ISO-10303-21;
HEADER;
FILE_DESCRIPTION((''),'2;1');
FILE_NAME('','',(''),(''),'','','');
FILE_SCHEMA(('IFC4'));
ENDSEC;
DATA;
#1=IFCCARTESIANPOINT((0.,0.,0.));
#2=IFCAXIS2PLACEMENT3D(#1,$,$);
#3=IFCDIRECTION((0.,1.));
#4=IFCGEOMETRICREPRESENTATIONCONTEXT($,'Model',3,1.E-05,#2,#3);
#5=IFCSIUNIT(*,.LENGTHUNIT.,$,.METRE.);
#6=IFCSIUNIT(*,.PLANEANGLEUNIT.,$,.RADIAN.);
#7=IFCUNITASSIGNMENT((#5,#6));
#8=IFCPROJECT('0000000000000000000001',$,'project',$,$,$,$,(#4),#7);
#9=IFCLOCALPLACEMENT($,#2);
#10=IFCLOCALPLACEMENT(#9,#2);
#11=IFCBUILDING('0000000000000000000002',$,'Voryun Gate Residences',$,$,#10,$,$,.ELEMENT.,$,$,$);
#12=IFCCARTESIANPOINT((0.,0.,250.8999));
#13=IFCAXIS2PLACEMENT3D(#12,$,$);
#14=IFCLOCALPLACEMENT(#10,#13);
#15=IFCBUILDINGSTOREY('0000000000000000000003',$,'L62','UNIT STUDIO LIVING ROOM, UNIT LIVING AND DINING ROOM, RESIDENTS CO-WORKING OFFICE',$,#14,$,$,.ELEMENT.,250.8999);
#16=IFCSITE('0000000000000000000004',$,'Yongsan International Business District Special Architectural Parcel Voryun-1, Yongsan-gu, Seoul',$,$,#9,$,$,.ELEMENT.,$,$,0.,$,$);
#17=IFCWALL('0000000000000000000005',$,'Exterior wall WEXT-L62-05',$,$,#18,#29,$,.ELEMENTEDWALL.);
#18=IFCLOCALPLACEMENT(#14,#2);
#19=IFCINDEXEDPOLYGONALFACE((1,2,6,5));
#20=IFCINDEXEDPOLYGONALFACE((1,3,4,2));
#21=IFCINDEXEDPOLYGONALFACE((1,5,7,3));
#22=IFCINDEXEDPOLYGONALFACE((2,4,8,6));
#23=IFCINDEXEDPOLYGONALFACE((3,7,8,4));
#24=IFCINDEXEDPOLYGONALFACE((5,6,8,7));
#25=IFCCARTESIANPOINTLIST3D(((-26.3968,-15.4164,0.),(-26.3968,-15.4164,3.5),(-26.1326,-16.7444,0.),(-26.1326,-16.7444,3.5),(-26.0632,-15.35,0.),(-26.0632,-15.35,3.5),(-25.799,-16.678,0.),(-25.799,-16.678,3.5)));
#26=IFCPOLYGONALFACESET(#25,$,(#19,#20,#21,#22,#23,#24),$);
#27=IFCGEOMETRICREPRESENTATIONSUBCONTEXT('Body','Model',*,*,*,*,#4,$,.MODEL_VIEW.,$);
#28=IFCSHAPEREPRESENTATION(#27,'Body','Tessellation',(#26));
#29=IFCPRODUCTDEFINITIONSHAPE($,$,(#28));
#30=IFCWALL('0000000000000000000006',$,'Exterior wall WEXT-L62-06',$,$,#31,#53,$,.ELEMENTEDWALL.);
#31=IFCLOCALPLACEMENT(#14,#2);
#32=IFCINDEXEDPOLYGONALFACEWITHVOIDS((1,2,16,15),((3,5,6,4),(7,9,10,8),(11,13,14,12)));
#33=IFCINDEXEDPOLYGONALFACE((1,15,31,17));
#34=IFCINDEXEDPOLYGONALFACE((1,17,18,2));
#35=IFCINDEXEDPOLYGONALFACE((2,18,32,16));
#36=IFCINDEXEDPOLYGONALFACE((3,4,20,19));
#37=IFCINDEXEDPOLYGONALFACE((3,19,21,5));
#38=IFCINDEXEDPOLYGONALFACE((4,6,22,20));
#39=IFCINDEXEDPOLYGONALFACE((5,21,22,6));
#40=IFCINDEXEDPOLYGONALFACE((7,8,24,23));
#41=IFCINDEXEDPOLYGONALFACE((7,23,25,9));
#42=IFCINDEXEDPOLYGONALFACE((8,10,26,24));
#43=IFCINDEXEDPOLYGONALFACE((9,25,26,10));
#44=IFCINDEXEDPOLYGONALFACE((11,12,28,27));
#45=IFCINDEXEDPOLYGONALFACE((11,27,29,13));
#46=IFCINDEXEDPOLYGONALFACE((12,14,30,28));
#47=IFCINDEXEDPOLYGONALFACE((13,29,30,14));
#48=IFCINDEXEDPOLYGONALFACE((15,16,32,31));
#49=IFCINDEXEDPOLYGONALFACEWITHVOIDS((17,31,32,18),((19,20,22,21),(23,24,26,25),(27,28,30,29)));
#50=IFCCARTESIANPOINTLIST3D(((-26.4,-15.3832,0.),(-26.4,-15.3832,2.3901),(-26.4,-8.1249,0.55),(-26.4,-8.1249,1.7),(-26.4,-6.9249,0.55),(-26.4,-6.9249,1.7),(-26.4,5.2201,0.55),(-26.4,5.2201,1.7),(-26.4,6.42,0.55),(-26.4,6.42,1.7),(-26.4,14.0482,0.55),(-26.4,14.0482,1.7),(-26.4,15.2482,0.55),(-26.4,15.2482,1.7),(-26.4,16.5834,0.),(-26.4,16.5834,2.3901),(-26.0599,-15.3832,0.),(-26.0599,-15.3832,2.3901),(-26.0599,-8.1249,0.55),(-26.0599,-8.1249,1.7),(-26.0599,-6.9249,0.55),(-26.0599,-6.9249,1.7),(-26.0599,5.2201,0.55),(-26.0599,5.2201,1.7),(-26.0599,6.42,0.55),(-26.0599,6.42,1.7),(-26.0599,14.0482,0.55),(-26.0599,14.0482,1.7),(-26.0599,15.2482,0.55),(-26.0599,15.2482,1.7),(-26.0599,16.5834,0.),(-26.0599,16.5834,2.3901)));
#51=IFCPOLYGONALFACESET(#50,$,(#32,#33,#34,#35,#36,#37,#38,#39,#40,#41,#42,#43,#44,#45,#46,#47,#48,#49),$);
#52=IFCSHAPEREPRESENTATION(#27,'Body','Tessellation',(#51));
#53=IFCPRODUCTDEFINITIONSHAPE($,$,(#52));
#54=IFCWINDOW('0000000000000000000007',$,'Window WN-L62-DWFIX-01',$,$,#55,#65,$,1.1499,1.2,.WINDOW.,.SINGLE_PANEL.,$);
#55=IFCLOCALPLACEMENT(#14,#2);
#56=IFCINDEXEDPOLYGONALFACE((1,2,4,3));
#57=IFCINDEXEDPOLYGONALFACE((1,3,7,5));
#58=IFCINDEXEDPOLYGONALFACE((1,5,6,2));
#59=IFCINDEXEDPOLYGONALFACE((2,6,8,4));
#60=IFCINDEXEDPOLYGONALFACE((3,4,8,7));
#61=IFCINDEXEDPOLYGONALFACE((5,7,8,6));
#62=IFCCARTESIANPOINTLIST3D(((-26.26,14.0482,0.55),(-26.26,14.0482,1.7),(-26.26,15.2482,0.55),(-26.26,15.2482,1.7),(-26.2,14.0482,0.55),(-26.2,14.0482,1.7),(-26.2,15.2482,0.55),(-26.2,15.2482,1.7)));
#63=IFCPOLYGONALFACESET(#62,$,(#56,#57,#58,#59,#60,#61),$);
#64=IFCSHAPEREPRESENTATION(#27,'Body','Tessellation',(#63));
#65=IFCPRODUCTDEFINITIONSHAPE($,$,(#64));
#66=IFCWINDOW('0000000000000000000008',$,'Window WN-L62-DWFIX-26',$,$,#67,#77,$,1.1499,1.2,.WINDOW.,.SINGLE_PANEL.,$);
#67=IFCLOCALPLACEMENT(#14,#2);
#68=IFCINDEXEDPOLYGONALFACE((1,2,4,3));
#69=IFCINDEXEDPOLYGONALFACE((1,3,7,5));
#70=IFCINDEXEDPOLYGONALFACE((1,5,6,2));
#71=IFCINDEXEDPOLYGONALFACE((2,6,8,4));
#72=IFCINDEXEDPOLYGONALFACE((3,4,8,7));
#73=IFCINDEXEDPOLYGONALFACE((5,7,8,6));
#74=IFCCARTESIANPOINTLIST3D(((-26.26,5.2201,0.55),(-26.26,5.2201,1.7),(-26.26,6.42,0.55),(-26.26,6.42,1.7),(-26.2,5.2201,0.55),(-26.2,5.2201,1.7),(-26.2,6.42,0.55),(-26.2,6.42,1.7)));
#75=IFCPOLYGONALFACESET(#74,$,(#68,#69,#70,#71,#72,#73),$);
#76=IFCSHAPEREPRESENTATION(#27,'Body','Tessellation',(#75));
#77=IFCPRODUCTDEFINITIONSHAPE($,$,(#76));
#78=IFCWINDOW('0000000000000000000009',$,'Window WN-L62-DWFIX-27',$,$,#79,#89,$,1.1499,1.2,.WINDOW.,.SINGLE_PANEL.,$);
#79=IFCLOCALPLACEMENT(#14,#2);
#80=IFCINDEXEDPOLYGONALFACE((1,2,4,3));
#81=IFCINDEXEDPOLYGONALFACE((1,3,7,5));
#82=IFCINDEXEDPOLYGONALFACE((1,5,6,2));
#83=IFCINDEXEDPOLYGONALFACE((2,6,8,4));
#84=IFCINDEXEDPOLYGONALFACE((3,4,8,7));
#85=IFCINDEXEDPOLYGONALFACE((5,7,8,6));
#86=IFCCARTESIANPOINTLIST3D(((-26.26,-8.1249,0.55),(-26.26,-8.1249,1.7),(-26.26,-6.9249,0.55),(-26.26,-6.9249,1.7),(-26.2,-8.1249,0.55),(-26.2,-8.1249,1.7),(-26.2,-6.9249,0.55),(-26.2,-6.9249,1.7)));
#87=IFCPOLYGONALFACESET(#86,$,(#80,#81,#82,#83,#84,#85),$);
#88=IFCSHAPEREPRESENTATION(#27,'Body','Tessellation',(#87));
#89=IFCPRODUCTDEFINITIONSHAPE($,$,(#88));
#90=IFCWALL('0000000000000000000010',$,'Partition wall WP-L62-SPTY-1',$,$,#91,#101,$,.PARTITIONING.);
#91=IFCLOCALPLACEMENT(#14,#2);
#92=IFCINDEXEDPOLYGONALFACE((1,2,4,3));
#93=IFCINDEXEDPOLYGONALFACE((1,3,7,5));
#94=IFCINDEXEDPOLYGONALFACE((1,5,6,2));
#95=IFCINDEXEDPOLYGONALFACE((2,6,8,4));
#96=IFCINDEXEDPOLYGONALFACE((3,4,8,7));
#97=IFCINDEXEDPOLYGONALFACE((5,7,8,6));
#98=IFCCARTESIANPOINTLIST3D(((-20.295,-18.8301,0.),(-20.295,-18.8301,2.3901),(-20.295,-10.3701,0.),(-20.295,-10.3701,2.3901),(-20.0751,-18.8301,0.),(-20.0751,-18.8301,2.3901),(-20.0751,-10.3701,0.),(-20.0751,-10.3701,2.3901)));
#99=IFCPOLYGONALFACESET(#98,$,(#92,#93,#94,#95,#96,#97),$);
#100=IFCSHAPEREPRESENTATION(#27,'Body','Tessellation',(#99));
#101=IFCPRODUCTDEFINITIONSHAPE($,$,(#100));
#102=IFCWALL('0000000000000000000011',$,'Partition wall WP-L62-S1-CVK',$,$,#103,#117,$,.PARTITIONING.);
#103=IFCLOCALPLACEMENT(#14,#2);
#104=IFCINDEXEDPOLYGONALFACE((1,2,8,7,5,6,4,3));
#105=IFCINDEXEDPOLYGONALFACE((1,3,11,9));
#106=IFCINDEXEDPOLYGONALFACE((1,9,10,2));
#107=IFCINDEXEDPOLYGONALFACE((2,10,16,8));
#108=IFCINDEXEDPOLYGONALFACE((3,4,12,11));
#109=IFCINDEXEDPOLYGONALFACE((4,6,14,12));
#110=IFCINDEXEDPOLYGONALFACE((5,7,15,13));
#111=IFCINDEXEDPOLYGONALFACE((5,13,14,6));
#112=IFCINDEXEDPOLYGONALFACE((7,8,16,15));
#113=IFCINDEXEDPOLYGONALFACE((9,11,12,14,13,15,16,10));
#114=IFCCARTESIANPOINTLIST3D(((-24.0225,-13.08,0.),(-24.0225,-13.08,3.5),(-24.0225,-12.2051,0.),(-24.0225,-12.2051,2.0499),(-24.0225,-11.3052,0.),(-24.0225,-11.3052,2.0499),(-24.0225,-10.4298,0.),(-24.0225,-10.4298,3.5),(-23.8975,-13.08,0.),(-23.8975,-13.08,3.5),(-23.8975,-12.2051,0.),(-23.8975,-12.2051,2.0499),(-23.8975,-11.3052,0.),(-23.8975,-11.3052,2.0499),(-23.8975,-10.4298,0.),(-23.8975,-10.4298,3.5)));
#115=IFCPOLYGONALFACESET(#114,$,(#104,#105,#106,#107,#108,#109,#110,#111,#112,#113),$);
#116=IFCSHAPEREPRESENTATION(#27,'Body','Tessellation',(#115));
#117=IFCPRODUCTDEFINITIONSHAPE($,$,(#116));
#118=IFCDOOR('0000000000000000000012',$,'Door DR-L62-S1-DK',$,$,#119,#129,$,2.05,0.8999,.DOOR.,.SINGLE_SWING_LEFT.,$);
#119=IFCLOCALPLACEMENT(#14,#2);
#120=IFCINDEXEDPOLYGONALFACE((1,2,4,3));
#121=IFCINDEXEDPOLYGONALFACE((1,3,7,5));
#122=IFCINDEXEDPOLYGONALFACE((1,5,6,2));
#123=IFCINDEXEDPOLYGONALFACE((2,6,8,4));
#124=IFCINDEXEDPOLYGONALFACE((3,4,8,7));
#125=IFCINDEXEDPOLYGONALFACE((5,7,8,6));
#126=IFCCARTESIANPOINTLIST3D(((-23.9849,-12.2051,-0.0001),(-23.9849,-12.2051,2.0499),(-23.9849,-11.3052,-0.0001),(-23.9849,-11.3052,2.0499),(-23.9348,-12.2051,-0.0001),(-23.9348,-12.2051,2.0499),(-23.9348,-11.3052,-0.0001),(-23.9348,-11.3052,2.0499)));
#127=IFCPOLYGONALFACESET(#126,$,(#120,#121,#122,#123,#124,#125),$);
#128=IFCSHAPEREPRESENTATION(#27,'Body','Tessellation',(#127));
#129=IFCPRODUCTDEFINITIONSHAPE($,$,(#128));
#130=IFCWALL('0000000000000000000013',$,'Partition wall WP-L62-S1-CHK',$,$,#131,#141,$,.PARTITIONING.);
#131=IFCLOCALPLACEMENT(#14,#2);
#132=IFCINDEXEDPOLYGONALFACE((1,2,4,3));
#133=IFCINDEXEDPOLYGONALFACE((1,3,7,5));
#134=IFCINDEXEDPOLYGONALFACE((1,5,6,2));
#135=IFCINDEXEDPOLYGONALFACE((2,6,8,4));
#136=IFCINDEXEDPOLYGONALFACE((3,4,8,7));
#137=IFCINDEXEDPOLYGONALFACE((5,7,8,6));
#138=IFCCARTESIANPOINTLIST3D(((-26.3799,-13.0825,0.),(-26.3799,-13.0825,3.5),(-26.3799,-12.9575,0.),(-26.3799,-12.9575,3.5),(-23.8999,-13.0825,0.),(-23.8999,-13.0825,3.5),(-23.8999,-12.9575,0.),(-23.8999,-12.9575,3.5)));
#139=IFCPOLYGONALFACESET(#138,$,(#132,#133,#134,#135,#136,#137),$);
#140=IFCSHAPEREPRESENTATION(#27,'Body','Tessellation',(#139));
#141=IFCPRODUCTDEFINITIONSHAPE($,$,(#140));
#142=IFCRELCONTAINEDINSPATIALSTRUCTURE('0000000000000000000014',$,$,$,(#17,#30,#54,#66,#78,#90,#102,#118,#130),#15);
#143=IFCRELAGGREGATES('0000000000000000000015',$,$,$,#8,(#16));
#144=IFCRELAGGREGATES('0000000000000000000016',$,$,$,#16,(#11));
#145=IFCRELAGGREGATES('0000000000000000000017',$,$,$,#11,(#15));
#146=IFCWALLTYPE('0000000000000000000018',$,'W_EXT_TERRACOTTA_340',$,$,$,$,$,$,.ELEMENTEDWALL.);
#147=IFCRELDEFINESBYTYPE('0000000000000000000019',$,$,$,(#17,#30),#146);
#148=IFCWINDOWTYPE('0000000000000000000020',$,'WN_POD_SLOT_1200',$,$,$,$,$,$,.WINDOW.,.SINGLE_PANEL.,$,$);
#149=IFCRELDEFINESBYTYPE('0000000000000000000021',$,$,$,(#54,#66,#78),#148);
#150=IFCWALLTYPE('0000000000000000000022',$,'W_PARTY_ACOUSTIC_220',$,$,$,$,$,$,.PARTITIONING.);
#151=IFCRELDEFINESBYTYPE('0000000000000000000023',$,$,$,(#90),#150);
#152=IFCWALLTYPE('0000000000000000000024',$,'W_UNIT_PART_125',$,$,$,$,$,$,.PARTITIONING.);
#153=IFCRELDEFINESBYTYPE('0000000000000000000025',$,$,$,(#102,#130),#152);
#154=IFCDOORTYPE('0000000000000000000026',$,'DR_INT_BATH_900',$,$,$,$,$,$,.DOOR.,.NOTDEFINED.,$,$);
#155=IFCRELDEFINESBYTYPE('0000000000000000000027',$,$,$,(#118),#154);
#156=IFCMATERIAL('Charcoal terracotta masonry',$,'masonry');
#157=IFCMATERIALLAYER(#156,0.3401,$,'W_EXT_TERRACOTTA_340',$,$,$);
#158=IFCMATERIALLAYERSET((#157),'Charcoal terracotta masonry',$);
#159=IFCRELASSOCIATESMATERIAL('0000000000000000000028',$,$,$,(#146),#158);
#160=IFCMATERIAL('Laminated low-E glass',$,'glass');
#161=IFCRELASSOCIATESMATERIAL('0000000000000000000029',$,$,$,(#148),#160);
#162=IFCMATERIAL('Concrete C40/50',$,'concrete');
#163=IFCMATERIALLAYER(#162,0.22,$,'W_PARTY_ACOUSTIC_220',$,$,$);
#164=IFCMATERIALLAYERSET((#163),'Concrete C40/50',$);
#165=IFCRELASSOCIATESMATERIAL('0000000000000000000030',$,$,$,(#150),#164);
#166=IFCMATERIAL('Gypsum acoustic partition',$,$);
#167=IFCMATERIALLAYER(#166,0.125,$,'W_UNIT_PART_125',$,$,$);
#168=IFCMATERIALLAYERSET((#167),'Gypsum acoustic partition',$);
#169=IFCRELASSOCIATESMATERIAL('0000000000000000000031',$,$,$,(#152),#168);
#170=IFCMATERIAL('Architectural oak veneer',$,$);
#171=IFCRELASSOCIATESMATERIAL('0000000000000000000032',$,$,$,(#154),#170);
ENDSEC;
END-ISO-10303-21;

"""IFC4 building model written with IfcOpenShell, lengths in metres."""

from ifc_helpers import new_model, si_unit, direction, frame, frame_2d, origin, place, context, subcontext, project, spatial, rectangle, extrude, material, layer, layer_set, type_object, element, fill, save


model = new_model("IFC4")

# Units and contexts
model_context = context("Model", 3, precision=1e-05, world=origin(), true_north=direction((0.0, 1.0)))
body_context = subcontext(model_context, "Body", "Model", "MODEL_VIEW")
ifc_project = project(units=[si_unit("LENGTHUNIT", "METRE"), si_unit("PLANEANGLEUNIT", "RADIAN")], contexts=[model_context])

# Site, building, storey
site_placement = place(None, origin())
site = spatial("IfcSite", under=ifc_project, at=site_placement, Name="Yongsan International Business District Special Architectural Parcel Voryun-1, Yongsan-gu, Seoul", CompositionType="ELEMENT", RefElevation=0.0)
building_placement = place(site_placement, origin())
building = spatial("IfcBuilding", under=site, at=building_placement, Name="Voryun Gate Residences", CompositionType="ELEMENT")
storey_placement = place(building_placement, frame((0.0, 0.0, 250.8999)))
storey = spatial("IfcBuildingStorey", under=building, at=storey_placement, Name="L62", Description="UNIT STUDIO LIVING ROOM, UNIT LIVING AND DINING ROOM, RESIDENTS CO-WORKING OFFICE", CompositionType="ELEMENT", Elevation=250.8999)

# Wall
ifc_material_1 = material(Name="Charcoal terracotta masonry", Category="masonry")
ifc_layer_1 = layer(ifc_material_1, 0.3401, Name="W_EXT_TERRACOTTA_340")
ifc_layer_set_1 = layer_set([ifc_layer_1], Name="Charcoal terracotta masonry")
wall_type_1 = type_object("IfcWallType", Name="W_EXT_TERRACOTTA_340", PredefinedType="ELEMENTEDWALL", material=ifc_layer_set_1)
wall_1_placement = place(storey_placement, frame((-25.9658, -16.7112, 0.0), z_axis=(0.0, 0.0, 1.0), x_axis=(-0.19511, 0.980781, 0.0)))
element("IfcWall", 1, at=wall_1_placement, inside=storey, type_object=wall_type_1, Name="Exterior wall WEXT-L62-05", PredefinedType="ELEMENTEDWALL", context=body_context, shape_type="SweptSolid", body=[
    extrude(rectangle(XDim=1.354, YDim=0.3401, at=frame_2d((0.677, 0.0))), origin(), (0.0, 0.0, 1.0), 3.5),
])

# Wall, openings, windows
wall_2_placement = place(storey_placement, frame((-26.23, -15.3833, 0.0), z_axis=(0.0, 0.0, 1.0), x_axis=(0.0, 1.0, 0.0)))
wall_2 = element("IfcWall", 2, at=wall_2_placement, inside=storey, type_object=wall_type_1, Name="Exterior wall WEXT-L62-06", PredefinedType="ELEMENTEDWALL", context=body_context, shape_type="SweptSolid", body=[
    extrude(rectangle(XDim=31.9666, YDim=0.3401, at=frame_2d((15.9834, 0.0))), origin(), (0.0, 0.0, 1.0), 2.3901),
])
opening_1_placement = place(wall_2_placement, frame((29.4314, 0.0, 0.55)))
opening_1 = element("IfcOpeningElement", 3, at=opening_1_placement, cuts=wall_2, PredefinedType="OPENING", context=body_context, shape_type="SweptSolid", body=[
    extrude(rectangle(XDim=1.2, YDim=1.1499, at=frame_2d((0.6001, 0.575))), frame((0.0, 0.1799, 0.0), z_axis=(0.0, -1.0, 0.0), x_axis=(1.0, 0.0, 0.0)), (0.0, 0.0, 1.0), 0.3601),
])
opening_2_placement = place(wall_2_placement, frame((20.6033, 0.0, 0.55)))
opening_2 = element("IfcOpeningElement", 4, at=opening_2_placement, cuts=wall_2, PredefinedType="OPENING", context=body_context, shape_type="SweptSolid", body=[
    extrude(rectangle(XDim=1.2, YDim=1.1499, at=frame_2d((0.6001, 0.575))), frame((0.0, 0.1799, 0.0), z_axis=(0.0, -1.0, 0.0), x_axis=(1.0, 0.0, 0.0)), (0.0, 0.0, 1.0), 0.3601),
])
opening_3_placement = place(wall_2_placement, frame((7.2583, 0.0, 0.55)))
opening_3 = element("IfcOpeningElement", 5, at=opening_3_placement, cuts=wall_2, PredefinedType="OPENING", context=body_context, shape_type="SweptSolid", body=[
    extrude(rectangle(XDim=1.2, YDim=1.1499, at=frame_2d((0.6001, 0.575))), frame((0.0, 0.1799, 0.0), z_axis=(0.0, -1.0, 0.0), x_axis=(1.0, 0.0, 0.0)), (0.0, 0.0, 1.0), 0.3601),
])
ifc_material_2 = material(Name="Laminated low-E glass", Category="glass")
window_type = type_object("IfcWindowType", Name="WN_POD_SLOT_1200", PartitioningType="SINGLE_PANEL", PredefinedType="WINDOW", material=ifc_material_2)
window_1_placement = place(opening_1_placement, origin())
window_1 = element("IfcWindow", 6, at=window_1_placement, inside=storey, type_object=window_type, Name="Window WN-L62-DWFIX-01", OverallHeight=1.1499, OverallWidth=1.2, PartitioningType="SINGLE_PANEL", PredefinedType="WINDOW", context=body_context, shape_type="SweptSolid", body=[
    extrude(rectangle(XDim=1.2, YDim=1.1499, at=frame_2d((0.6001, 0.575))), frame((0.0, 0.03, 0.0), z_axis=(0.0, -1.0, 0.0), x_axis=(1.0, 0.0, 0.0)), (0.0, 0.0, 1.0), 0.0601),
])
fill(opening_1, window_1)
window_2_placement = place(opening_2_placement, origin())
window_2 = element("IfcWindow", 7, at=window_2_placement, inside=storey, type_object=window_type, Name="Window WN-L62-DWFIX-26", OverallHeight=1.1499, OverallWidth=1.2, PartitioningType="SINGLE_PANEL", PredefinedType="WINDOW", context=body_context, shape_type="SweptSolid", body=[
    extrude(rectangle(XDim=1.2, YDim=1.1499, at=frame_2d((0.6001, 0.575))), frame((0.0, 0.03, 0.0), z_axis=(0.0, -1.0, 0.0), x_axis=(1.0, 0.0, 0.0)), (0.0, 0.0, 1.0), 0.0601),
])
fill(opening_2, window_2)
window_3_placement = place(opening_3_placement, origin())
window_3 = element("IfcWindow", 8, at=window_3_placement, inside=storey, type_object=window_type, Name="Window WN-L62-DWFIX-27", OverallHeight=1.1499, OverallWidth=1.2, PartitioningType="SINGLE_PANEL", PredefinedType="WINDOW", context=body_context, shape_type="SweptSolid", body=[
    extrude(rectangle(XDim=1.2, YDim=1.1499, at=frame_2d((0.6001, 0.575))), frame((0.0, 0.03, 0.0), z_axis=(0.0, -1.0, 0.0), x_axis=(1.0, 0.0, 0.0)), (0.0, 0.0, 1.0), 0.0601),
])
fill(opening_3, window_3)

# Wall
ifc_material_3 = material(Name="Concrete C40/50", Category="concrete")
ifc_layer_2 = layer(ifc_material_3, 0.22, Name="W_PARTY_ACOUSTIC_220")
ifc_layer_set_2 = layer_set([ifc_layer_2], Name="Concrete C40/50")
wall_type_2 = type_object("IfcWallType", Name="W_PARTY_ACOUSTIC_220", PredefinedType="PARTITIONING", material=ifc_layer_set_2)
wall_3_placement = place(storey_placement, frame((-20.1851, -18.8301, 0.0), z_axis=(0.0, 0.0, 1.0), x_axis=(0.0, 1.0, 0.0)))
element("IfcWall", 9, at=wall_3_placement, inside=storey, type_object=wall_type_2, Name="Partition wall WP-L62-SPTY-1", PredefinedType="PARTITIONING", context=body_context, shape_type="SweptSolid", body=[
    extrude(rectangle(XDim=8.46, YDim=0.22, at=frame_2d((4.23, 0.0))), origin(), (0.0, 0.0, 1.0), 2.3901),
])

# Wall, opening, door
ifc_material_4 = material(Name="Gypsum acoustic partition")
ifc_layer_3 = layer(ifc_material_4, 0.125, Name="W_UNIT_PART_125")
ifc_layer_set_3 = layer_set([ifc_layer_3], Name="Gypsum acoustic partition")
wall_type_3 = type_object("IfcWallType", Name="W_UNIT_PART_125", PredefinedType="PARTITIONING", material=ifc_layer_set_3)
wall_4_placement = place(storey_placement, frame((-23.96, -13.0801, 0.0), z_axis=(0.0, 0.0, 1.0), x_axis=(0.0, 1.0, 0.0)))
wall_4 = element("IfcWall", 10, at=wall_4_placement, inside=storey, type_object=wall_type_3, Name="Partition wall WP-L62-S1-CVK", PredefinedType="PARTITIONING", context=body_context, shape_type="SweptSolid", body=[
    extrude(rectangle(XDim=2.6501, YDim=0.125, at=frame_2d((1.3252, 0.0))), origin(), (0.0, 0.0, 1.0), 3.5),
])
opening_4_placement = place(wall_4_placement, frame((0.875, 0.0, 0.0)))
opening_4 = element("IfcOpeningElement", 11, at=opening_4_placement, cuts=wall_4, PredefinedType="OPENING", context=body_context, shape_type="SweptSolid", body=[
    extrude(rectangle(XDim=0.8999, YDim=2.05, at=frame_2d((0.45, 1.0249))), frame((0.0, 0.0725, 0.0), z_axis=(0.0, -1.0, 0.0), x_axis=(1.0, 0.0, 0.0)), (0.0, 0.0, 1.0), 0.145),
])
ifc_material_5 = material(Name="Architectural oak veneer")
door_type = type_object("IfcDoorType", Name="DR_INT_BATH_900", OperationType="NOTDEFINED", PredefinedType="DOOR", material=ifc_material_5)
door_1_placement = place(opening_4_placement, origin())
door_1 = element("IfcDoor", 12, at=door_1_placement, inside=storey, type_object=door_type, Name="Door DR-L62-S1-DK", OperationType="SINGLE_SWING_LEFT", OverallHeight=2.05, OverallWidth=0.8999, PredefinedType="DOOR", context=body_context, shape_type="SweptSolid", body=[
    extrude(rectangle(XDim=0.8999, YDim=2.05, at=frame_2d((0.45, 1.0249))), frame((0.0, 0.0249, 0.0), z_axis=(0.0, -1.0, 0.0), x_axis=(1.0, 0.0, 0.0)), (0.0, 0.0, 1.0), 0.05),
])
fill(opening_4, door_1)

# Wall
wall_5_placement = place(storey_placement, frame((-26.3799, -13.02, 0.0), z_axis=(0.0, 0.0, 1.0), x_axis=(1.0, 0.0, 0.0)))
element("IfcWall", 13, at=wall_5_placement, inside=storey, type_object=wall_type_3, Name="Partition wall WP-L62-S1-CHK", PredefinedType="PARTITIONING", context=body_context, shape_type="SweptSolid", body=[
    extrude(rectangle(XDim=2.48, YDim=0.125, at=frame_2d((1.24, 0.0))), origin(), (0.0, 0.0, 1.0), 3.5),
])

save(model, "model.ifc")
